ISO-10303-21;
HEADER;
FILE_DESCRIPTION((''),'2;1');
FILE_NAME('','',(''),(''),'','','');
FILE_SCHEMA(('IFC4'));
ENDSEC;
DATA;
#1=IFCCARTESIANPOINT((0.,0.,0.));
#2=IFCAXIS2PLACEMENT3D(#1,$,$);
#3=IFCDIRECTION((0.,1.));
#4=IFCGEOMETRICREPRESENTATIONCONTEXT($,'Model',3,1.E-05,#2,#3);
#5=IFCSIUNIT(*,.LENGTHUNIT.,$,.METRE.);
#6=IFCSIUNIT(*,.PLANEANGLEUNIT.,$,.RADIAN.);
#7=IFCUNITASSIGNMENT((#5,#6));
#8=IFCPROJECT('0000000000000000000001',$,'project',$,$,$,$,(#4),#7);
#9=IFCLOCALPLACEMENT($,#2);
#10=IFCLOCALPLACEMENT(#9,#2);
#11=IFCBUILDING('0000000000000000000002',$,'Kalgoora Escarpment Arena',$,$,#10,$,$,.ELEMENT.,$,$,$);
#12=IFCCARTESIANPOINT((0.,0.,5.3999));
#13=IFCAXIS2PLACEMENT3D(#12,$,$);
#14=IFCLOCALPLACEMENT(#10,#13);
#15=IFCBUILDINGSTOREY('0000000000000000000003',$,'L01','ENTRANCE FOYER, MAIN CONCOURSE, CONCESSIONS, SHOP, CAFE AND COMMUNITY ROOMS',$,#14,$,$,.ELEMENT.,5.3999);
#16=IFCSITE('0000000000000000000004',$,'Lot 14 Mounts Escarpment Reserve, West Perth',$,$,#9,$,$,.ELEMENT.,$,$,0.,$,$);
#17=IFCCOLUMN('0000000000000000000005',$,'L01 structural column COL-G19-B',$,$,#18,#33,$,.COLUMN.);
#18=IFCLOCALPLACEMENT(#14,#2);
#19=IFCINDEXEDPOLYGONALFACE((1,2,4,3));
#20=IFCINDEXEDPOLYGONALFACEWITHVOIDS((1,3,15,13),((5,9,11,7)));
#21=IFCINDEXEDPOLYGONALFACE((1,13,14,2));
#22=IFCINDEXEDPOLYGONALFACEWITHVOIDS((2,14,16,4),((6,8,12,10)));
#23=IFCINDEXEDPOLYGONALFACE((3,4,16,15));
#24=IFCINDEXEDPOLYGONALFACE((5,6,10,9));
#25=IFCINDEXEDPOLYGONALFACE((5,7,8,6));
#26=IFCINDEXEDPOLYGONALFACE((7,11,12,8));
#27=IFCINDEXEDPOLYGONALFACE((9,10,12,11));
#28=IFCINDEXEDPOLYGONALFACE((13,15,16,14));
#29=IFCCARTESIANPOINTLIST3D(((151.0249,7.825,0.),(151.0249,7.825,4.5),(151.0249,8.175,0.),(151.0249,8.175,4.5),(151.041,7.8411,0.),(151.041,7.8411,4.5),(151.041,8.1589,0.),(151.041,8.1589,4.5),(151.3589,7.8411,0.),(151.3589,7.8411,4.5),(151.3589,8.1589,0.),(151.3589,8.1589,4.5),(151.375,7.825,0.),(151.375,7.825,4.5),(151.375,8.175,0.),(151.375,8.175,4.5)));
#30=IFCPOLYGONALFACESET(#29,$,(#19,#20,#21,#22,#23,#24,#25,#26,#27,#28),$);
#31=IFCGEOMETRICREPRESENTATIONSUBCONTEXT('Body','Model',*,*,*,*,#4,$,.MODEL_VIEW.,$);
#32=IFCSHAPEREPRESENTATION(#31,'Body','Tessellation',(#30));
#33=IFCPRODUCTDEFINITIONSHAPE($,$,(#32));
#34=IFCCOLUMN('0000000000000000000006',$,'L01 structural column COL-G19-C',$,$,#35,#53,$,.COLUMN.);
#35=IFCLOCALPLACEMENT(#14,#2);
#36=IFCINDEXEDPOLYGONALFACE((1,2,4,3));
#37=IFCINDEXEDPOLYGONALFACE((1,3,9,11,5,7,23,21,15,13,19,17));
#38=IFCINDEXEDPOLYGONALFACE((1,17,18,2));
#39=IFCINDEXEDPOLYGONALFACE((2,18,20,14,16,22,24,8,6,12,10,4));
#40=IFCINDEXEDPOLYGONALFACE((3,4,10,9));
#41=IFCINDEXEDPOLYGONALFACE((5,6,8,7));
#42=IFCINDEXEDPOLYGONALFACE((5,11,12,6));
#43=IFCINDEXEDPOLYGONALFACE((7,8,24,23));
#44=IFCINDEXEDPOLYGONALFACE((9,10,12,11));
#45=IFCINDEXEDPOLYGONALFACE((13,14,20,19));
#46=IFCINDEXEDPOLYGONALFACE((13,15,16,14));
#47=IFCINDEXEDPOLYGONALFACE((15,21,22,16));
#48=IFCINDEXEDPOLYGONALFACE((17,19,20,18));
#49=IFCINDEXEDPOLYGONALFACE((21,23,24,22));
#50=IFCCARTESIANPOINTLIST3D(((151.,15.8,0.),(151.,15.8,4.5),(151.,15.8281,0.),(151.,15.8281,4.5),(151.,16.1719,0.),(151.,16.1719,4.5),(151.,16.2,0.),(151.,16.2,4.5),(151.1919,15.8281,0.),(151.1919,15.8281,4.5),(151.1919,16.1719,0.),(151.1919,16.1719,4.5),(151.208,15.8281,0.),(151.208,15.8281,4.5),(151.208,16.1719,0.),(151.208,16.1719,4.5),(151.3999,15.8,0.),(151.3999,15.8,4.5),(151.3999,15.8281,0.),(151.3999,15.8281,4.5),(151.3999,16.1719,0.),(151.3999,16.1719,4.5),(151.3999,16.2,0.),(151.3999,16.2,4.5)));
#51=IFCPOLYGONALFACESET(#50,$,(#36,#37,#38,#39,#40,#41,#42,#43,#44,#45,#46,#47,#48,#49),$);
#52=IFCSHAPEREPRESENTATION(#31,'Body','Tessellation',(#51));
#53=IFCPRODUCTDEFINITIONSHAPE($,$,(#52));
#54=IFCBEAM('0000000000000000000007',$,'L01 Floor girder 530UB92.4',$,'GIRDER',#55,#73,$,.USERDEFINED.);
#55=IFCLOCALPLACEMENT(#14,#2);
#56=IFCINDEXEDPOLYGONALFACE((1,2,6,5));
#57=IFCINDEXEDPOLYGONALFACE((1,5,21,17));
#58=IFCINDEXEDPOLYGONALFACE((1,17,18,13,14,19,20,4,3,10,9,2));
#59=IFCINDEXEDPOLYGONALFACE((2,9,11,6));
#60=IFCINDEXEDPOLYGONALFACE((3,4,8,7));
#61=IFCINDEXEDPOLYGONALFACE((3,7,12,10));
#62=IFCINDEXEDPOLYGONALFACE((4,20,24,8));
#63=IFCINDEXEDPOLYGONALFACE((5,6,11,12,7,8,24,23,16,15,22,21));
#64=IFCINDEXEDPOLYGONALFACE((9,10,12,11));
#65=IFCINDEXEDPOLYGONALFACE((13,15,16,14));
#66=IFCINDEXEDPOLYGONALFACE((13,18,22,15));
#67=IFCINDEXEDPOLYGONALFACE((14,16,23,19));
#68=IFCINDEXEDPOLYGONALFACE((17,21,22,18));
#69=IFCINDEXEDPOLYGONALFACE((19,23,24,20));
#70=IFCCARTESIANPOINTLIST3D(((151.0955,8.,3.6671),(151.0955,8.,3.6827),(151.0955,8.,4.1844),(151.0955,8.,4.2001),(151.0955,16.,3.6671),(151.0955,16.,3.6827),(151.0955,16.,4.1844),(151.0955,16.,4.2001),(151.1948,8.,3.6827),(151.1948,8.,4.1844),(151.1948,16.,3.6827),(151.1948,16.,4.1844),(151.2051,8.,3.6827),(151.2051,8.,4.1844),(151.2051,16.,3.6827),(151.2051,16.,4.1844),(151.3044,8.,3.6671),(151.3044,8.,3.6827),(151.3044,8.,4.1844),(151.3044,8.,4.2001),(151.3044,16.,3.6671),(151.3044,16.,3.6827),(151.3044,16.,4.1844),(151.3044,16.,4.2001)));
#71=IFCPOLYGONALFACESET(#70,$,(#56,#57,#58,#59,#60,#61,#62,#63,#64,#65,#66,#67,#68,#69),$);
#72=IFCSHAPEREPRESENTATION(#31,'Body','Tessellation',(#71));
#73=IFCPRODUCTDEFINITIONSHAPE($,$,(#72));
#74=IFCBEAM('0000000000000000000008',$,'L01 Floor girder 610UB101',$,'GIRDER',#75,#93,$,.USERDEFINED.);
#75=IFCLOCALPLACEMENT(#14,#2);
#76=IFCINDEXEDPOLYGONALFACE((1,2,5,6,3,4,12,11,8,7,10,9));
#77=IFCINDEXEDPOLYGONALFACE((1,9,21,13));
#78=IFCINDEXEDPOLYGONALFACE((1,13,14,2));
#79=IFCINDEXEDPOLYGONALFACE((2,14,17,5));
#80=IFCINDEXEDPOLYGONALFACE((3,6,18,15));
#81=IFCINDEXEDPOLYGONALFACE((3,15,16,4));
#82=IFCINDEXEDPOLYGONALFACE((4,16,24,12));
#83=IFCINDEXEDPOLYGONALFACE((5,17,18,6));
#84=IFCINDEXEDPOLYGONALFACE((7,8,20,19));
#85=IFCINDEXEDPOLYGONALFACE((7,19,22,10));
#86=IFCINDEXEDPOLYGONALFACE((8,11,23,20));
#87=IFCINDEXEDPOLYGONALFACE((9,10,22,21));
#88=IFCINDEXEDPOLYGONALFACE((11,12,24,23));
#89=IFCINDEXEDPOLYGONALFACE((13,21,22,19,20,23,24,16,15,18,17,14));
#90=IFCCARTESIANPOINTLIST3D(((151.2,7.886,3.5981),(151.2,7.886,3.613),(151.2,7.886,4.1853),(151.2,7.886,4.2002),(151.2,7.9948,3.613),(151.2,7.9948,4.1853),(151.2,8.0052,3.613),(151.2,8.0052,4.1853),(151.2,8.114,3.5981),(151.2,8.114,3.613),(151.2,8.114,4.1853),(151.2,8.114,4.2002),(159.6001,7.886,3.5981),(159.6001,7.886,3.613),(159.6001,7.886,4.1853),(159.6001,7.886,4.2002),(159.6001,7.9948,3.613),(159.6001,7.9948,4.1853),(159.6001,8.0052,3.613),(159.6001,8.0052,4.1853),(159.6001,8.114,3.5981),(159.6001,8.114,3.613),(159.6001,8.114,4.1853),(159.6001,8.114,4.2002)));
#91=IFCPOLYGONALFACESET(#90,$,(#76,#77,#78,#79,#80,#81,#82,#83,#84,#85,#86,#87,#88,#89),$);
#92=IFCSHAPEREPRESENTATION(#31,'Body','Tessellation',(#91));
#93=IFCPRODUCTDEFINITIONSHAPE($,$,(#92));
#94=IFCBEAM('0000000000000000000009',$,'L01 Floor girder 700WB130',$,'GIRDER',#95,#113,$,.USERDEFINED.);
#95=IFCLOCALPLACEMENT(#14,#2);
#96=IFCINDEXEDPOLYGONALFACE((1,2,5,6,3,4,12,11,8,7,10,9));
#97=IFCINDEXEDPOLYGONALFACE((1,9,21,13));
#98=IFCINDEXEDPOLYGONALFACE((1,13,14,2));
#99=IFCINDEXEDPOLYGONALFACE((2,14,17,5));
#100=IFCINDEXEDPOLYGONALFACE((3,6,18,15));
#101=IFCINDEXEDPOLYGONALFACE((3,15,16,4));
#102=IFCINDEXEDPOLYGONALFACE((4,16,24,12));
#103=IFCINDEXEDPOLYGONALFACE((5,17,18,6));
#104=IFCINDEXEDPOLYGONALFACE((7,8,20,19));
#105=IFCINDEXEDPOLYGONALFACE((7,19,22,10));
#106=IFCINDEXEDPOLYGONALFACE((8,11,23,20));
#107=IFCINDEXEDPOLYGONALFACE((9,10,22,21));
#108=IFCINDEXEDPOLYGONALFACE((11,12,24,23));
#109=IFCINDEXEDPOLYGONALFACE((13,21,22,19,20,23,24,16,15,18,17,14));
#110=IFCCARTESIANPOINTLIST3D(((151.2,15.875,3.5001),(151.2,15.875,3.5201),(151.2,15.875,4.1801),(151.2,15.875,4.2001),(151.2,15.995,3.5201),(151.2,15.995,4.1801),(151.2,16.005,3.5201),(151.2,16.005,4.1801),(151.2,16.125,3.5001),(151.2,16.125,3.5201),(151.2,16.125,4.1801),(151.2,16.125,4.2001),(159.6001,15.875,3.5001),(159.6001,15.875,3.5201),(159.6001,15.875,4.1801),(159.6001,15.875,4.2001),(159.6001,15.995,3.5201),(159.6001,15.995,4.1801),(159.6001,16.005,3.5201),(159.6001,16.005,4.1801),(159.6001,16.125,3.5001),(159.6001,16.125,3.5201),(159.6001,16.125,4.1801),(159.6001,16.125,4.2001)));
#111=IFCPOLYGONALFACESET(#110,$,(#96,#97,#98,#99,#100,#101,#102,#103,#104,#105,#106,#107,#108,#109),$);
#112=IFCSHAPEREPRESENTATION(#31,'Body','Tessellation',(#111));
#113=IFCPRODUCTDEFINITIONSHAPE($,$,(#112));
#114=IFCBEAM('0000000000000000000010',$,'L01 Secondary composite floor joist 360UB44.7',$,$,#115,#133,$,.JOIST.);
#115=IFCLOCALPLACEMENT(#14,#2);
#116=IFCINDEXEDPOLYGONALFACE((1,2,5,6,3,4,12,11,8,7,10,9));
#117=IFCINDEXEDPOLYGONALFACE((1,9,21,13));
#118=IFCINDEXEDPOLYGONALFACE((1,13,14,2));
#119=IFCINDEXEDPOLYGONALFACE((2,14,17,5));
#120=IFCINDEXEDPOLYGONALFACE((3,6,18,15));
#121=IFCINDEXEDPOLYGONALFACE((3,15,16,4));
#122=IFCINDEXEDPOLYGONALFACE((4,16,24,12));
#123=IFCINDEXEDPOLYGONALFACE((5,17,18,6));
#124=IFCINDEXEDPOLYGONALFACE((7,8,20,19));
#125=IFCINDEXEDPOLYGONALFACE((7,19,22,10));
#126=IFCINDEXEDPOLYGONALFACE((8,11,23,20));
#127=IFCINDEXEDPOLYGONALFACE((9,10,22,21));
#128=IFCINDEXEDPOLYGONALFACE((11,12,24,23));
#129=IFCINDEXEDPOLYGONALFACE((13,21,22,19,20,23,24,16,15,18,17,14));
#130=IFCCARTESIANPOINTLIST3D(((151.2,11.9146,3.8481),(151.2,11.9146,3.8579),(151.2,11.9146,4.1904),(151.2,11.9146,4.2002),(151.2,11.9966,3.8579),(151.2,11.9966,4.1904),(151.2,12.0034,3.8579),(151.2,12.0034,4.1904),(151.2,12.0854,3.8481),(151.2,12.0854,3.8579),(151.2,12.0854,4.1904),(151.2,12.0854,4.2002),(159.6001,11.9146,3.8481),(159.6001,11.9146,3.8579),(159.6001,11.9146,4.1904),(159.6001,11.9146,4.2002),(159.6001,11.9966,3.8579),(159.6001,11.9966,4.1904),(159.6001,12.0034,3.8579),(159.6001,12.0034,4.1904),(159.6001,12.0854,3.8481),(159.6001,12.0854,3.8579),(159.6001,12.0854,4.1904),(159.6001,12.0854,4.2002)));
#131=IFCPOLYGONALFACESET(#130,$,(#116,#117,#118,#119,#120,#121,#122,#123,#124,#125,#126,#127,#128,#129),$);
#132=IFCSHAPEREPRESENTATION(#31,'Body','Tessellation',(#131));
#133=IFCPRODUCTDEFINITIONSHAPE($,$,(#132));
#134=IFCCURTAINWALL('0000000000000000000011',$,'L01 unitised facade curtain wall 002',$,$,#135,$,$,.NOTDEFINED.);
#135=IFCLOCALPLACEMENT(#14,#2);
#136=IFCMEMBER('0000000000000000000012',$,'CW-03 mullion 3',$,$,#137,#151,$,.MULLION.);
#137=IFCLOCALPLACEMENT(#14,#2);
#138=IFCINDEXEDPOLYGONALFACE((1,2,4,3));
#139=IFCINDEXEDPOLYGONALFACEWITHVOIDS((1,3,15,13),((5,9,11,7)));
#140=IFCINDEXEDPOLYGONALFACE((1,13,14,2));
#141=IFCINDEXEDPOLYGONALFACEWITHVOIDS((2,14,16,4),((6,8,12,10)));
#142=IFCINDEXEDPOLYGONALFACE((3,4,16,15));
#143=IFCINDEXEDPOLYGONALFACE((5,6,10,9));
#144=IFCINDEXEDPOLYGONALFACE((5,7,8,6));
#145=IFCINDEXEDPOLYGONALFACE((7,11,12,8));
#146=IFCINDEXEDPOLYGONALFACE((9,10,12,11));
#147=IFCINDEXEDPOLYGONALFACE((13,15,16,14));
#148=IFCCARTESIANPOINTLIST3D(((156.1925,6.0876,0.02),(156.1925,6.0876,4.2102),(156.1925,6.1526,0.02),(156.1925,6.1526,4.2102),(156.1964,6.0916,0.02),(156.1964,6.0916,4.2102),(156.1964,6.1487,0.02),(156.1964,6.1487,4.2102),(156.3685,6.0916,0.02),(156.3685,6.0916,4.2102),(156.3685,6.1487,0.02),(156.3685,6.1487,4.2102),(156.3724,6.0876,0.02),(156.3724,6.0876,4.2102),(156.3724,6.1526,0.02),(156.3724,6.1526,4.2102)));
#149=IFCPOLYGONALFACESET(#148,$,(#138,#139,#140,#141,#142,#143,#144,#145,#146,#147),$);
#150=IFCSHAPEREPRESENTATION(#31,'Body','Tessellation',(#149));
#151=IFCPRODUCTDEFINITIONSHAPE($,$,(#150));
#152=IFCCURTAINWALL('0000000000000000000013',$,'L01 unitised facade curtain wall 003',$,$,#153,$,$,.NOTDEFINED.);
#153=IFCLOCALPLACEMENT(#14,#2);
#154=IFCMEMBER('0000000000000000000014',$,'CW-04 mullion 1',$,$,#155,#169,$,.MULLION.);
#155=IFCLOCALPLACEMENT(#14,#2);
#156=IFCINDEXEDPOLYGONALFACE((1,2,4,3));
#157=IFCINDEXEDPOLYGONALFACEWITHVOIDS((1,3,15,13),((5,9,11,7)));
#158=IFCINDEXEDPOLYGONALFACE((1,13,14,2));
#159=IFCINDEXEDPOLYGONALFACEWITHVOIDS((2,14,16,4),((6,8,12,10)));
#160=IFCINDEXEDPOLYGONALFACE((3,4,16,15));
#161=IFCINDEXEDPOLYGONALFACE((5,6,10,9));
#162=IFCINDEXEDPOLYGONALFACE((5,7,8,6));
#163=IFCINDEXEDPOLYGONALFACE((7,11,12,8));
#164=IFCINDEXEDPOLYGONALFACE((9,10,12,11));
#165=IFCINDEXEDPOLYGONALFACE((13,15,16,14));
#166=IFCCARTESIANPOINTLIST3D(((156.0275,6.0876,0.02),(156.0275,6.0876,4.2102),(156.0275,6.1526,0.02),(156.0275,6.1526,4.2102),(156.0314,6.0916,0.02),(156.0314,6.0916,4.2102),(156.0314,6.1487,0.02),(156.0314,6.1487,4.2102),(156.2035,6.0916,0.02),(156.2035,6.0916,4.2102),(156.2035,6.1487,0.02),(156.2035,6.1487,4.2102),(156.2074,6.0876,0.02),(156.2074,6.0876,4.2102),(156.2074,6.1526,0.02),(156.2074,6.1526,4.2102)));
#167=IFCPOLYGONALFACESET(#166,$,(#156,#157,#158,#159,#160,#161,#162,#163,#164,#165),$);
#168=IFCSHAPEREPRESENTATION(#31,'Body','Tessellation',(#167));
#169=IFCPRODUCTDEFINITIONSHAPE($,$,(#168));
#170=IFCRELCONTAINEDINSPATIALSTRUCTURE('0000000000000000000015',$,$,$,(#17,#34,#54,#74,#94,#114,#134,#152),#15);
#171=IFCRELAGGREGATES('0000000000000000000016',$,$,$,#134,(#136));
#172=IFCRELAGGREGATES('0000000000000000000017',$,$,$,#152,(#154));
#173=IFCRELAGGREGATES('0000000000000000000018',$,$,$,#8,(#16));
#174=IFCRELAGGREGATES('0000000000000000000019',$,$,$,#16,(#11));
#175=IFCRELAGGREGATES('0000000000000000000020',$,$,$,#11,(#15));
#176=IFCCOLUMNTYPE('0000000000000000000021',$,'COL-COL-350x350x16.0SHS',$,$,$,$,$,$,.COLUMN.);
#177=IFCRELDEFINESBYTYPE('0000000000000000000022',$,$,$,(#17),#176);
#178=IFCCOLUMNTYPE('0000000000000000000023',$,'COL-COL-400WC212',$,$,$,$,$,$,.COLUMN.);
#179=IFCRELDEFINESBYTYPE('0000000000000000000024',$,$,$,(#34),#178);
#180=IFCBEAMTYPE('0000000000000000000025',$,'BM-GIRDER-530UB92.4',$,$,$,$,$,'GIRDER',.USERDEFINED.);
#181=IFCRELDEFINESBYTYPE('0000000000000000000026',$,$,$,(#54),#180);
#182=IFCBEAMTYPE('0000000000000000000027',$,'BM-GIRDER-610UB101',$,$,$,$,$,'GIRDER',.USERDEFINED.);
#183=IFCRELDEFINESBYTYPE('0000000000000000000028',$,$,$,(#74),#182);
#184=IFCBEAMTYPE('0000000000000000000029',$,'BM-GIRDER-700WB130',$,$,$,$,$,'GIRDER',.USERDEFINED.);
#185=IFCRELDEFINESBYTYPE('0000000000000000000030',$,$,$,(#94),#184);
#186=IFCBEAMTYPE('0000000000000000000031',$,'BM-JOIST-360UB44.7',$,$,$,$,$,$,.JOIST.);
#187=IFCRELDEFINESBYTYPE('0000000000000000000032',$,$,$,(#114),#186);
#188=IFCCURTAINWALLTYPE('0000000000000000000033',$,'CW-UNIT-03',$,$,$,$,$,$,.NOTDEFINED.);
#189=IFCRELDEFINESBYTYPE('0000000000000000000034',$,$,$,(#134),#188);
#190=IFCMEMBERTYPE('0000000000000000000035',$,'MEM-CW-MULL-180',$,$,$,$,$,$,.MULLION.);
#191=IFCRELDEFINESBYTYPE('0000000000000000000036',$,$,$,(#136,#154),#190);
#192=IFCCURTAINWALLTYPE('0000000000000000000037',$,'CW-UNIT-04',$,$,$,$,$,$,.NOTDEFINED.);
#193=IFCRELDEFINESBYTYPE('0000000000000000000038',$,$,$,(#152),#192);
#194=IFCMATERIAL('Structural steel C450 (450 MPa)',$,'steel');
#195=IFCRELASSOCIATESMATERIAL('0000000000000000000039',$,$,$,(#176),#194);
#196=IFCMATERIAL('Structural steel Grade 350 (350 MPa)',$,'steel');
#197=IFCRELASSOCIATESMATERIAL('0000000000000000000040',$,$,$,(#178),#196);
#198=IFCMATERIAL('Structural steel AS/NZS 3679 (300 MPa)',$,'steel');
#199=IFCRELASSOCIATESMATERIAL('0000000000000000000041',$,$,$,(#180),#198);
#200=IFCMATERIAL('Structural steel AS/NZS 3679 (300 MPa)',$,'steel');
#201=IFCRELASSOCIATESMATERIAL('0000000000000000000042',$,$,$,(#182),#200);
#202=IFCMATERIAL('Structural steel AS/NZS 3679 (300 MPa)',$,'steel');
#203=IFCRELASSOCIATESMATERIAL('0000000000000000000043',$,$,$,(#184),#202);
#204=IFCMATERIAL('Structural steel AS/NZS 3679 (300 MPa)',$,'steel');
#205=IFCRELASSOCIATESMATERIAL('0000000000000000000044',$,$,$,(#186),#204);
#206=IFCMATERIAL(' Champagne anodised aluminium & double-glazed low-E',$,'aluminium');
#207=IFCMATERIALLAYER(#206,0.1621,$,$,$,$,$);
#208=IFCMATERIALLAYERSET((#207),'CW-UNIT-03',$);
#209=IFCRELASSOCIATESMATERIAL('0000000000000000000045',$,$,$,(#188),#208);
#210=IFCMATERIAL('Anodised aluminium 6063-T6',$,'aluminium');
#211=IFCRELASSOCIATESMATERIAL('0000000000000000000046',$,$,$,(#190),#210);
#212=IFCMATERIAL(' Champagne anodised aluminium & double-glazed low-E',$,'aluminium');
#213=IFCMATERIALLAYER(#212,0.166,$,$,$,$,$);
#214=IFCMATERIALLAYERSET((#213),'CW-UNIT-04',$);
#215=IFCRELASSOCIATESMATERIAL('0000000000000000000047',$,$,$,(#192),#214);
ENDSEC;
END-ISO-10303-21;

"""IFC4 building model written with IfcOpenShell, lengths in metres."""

from ifc_helpers import new_model, si_unit, direction, frame, origin, origin_2d, place, context, subcontext, project, spatial, hollow_rectangle, i_section, extrude, material, layer, layer_set, material_profile, profile_set, type_object, element, aggregate, save


model = new_model("IFC4")

# Units and contexts
model_context = context("Model", 3, precision=1e-05, world=origin(), true_north=direction((0.0, 1.0)))
body_context = subcontext(model_context, "Body", "Model", "MODEL_VIEW")
ifc_project = project(units=[si_unit("LENGTHUNIT", "METRE"), si_unit("PLANEANGLEUNIT", "RADIAN")], contexts=[model_context])

# Site, building, storey
site_placement = place(None, origin())
site = spatial("IfcSite", under=ifc_project, at=site_placement, Name="Lot 14 Mounts Escarpment Reserve, West Perth", CompositionType="ELEMENT", RefElevation=0.0)
building_placement = place(site_placement, origin())
building = spatial("IfcBuilding", under=site, at=building_placement, Name="Kalgoora Escarpment Arena", CompositionType="ELEMENT")
storey_placement = place(building_placement, frame((0.0, 0.0, 5.3999)))
storey = spatial("IfcBuildingStorey", under=building, at=storey_placement, Name="L01", Description="ENTRANCE FOYER, MAIN CONCOURSE, CONCESSIONS, SHOP, CAFE AND COMMUNITY ROOMS", CompositionType="ELEMENT", Elevation=5.3999)

# Columns
ifc_material_1 = material(Name="Structural steel C450 (450 MPa)", Category="steel")
ifc_material_profile_1 = material_profile(ifc_material_1, hollow_rectangle(XDim=0.3501, YDim=0.3501, WallThickness=0.0161, at=origin_2d()))
ifc_profile_set_1 = profile_set([ifc_material_profile_1], Name="Structural steel C450 (450 MPa)")
column_type_1 = type_object("IfcColumnType", Name="COL-COL-350x350x16.0SHS", PredefinedType="COLUMN", material=ifc_profile_set_1)
column_1_placement = place(storey_placement, frame((151.2, 8.0, 0.0), z_axis=(0.0, 0.0, 1.0), x_axis=(1.0, 0.0, 0.0)))
element("IfcColumn", 1, at=column_1_placement, inside=storey, type_object=column_type_1, Name="L01 structural column COL-G19-B", PredefinedType="COLUMN", context=body_context, shape_type="SweptSolid", body=[
    extrude(hollow_rectangle(XDim=0.3501, YDim=0.3501, WallThickness=0.0161, at=origin_2d()), origin(), (0.0, 0.0, 1.0), 4.5),
])
ifc_material_2 = material(Name="Structural steel Grade 350 (350 MPa)", Category="steel")
ifc_material_profile_2 = material_profile(ifc_material_2, i_section(OverallWidth=0.3999, OverallDepth=0.3999, WebThickness=0.0161, FlangeThickness=0.0281, at=origin_2d()))
ifc_profile_set_2 = profile_set([ifc_material_profile_2], Name="Structural steel Grade 350 (350 MPa)")
column_type_2 = type_object("IfcColumnType", Name="COL-COL-400WC212", PredefinedType="COLUMN", material=ifc_profile_set_2)
column_2_placement = place(storey_placement, frame((151.2, 16.0, 0.0), z_axis=(0.0, 0.0, 1.0), x_axis=(1.0, 0.0, 0.0)))
element("IfcColumn", 2, at=column_2_placement, inside=storey, type_object=column_type_2, Name="L01 structural column COL-G19-C", PredefinedType="COLUMN", context=body_context, shape_type="SweptSolid", body=[
    extrude(i_section(OverallWidth=0.3999, OverallDepth=0.3999, WebThickness=0.0161, FlangeThickness=0.0281, at=origin_2d()), origin(), (0.0, 0.0, 1.0), 4.5),
])

# Beams
ifc_material_3 = material(Name="Structural steel AS/NZS 3679 (300 MPa)", Category="steel")
ifc_material_profile_3 = material_profile(ifc_material_3, i_section(OverallWidth=0.209, OverallDepth=0.533, WebThickness=0.0103, FlangeThickness=0.0156, at=origin_2d()))
ifc_profile_set_3 = profile_set([ifc_material_profile_3], Name="Structural steel AS/NZS 3679 (300 MPa)")
beam_type_1 = type_object("IfcBeamType", Name="BM-GIRDER-530UB92.4", ElementType="GIRDER", PredefinedType="USERDEFINED", material=ifc_profile_set_3)
beam_1_placement = place(storey_placement, frame((151.2, 8.0, 3.9336), z_axis=(0.0, 1.0, 0.0), x_axis=(-1.0, 0.0, 0.0)))
element("IfcBeam", 3, at=beam_1_placement, inside=storey, type_object=beam_type_1, Name="L01 Floor girder 530UB92.4", ObjectType="GIRDER", PredefinedType="USERDEFINED", context=body_context, shape_type="SweptSolid", body=[
    extrude(i_section(OverallWidth=0.209, OverallDepth=0.533, WebThickness=0.0103, FlangeThickness=0.0156, at=origin_2d()), origin(), (0.0, 0.0, 1.0), 8.0),
])
ifc_material_4 = material(Name="Structural steel AS/NZS 3679 (300 MPa)", Category="steel")
ifc_material_profile_4 = material_profile(ifc_material_4, i_section(OverallWidth=0.228, OverallDepth=0.6021, WebThickness=0.0105, FlangeThickness=0.0149, at=origin_2d()))
ifc_profile_set_4 = profile_set([ifc_material_profile_4], Name="Structural steel AS/NZS 3679 (300 MPa)")
beam_type_2 = type_object("IfcBeamType", Name="BM-GIRDER-610UB101", ElementType="GIRDER", PredefinedType="USERDEFINED", material=ifc_profile_set_4)
beam_2_placement = place(storey_placement, frame((151.2, 8.0, 3.8992), z_axis=(1.0, 0.0, 0.0), x_axis=(0.0, 1.0, 0.0)))
element("IfcBeam", 4, at=beam_2_placement, inside=storey, type_object=beam_type_2, Name="L01 Floor girder 610UB101", ObjectType="GIRDER", PredefinedType="USERDEFINED", context=body_context, shape_type="SweptSolid", body=[
    extrude(i_section(OverallWidth=0.228, OverallDepth=0.6021, WebThickness=0.0105, FlangeThickness=0.0149, at=origin_2d()), origin(), (0.0, 0.0, 1.0), 8.4001),
])
ifc_material_5 = material(Name="Structural steel AS/NZS 3679 (300 MPa)", Category="steel")
ifc_material_profile_5 = material_profile(ifc_material_5, i_section(OverallWidth=0.25, OverallDepth=0.7, WebThickness=0.01, FlangeThickness=0.02, at=origin_2d()))
ifc_profile_set_5 = profile_set([ifc_material_profile_5], Name="Structural steel AS/NZS 3679 (300 MPa)")
beam_type_3 = type_object("IfcBeamType", Name="BM-GIRDER-700WB130", ElementType="GIRDER", PredefinedType="USERDEFINED", material=ifc_profile_set_5)
beam_3_placement = place(storey_placement, frame((151.2, 16.0, 3.8501), z_axis=(1.0, 0.0, 0.0), x_axis=(0.0, 1.0, 0.0)))
element("IfcBeam", 5, at=beam_3_placement, inside=storey, type_object=beam_type_3, Name="L01 Floor girder 700WB130", ObjectType="GIRDER", PredefinedType="USERDEFINED", context=body_context, shape_type="SweptSolid", body=[
    extrude(i_section(OverallWidth=0.25, OverallDepth=0.7, WebThickness=0.01, FlangeThickness=0.02, at=origin_2d()), origin(), (0.0, 0.0, 1.0), 8.4001),
])
ifc_material_6 = material(Name="Structural steel AS/NZS 3679 (300 MPa)", Category="steel")
ifc_material_profile_6 = material_profile(ifc_material_6, i_section(OverallWidth=0.1709, OverallDepth=0.3521, WebThickness=0.0068, FlangeThickness=0.0098, at=origin_2d()))
ifc_profile_set_6 = profile_set([ifc_material_profile_6], Name="Structural steel AS/NZS 3679 (300 MPa)")
beam_type_4 = type_object("IfcBeamType", Name="BM-JOIST-360UB44.7", PredefinedType="JOIST", material=ifc_profile_set_6)
beam_4_placement = place(storey_placement, frame((151.2, 12.0, 4.0242), z_axis=(1.0, 0.0, 0.0), x_axis=(0.0, 1.0, 0.0)))
element("IfcBeam", 6, at=beam_4_placement, inside=storey, type_object=beam_type_4, Name="L01 Secondary composite floor joist 360UB44.7", PredefinedType="JOIST", context=body_context, shape_type="SweptSolid", body=[
    extrude(i_section(OverallWidth=0.1709, OverallDepth=0.3521, WebThickness=0.0068, FlangeThickness=0.0098, at=origin_2d()), origin(), (0.0, 0.0, 1.0), 8.4001),
])

# Curtain wall, member
ifc_material_7 = material(Name=" Champagne anodised aluminium & double-glazed low-E", Category="aluminium")
ifc_layer_1 = layer(ifc_material_7, 0.1621)
ifc_layer_set_1 = layer_set([ifc_layer_1], Name="CW-UNIT-03")
curtain_wall_type_1 = type_object("IfcCurtainWallType", Name="CW-UNIT-03", PredefinedType="NOTDEFINED", material=ifc_layer_set_1)
curtain_wall_1_placement = place(storey_placement, origin())
curtain_wall_1 = element("IfcCurtainWall", 7, at=curtain_wall_1_placement, inside=storey, type_object=curtain_wall_type_1, Name="L01 unitised facade curtain wall 002", PredefinedType="NOTDEFINED")
ifc_material_8 = material(Name="Anodised aluminium 6063-T6", Category="aluminium")
ifc_material_profile_7 = material_profile(ifc_material_8, hollow_rectangle(XDim=0.0649, YDim=0.1799, WallThickness=0.0039, at=origin_2d()))
ifc_profile_set_7 = profile_set([ifc_material_profile_7], Name="Anodised aluminium 6063-T6")
member_type_1 = type_object("IfcMemberType", Name="MEM-CW-MULL-180", PredefinedType="MULLION", material=ifc_profile_set_7)
member_1_placement = place(storey_placement, frame((156.2825, 6.1201, 0.02), z_axis=(0.0, 0.0, 1.0), x_axis=(0.0, -1.0, 0.0)))
member_1 = element("IfcMember", 8, at=member_1_placement, type_object=member_type_1, Name="CW-03 mullion 3", PredefinedType="MULLION", context=body_context, shape_type="SweptSolid", body=[
    extrude(hollow_rectangle(XDim=0.0649, YDim=0.1799, WallThickness=0.0039, at=origin_2d()), origin(), (0.0, 0.0, 1.0), 4.1902),
])

# Curtain wall, member
ifc_material_9 = material(Name=" Champagne anodised aluminium & double-glazed low-E", Category="aluminium")
ifc_layer_2 = layer(ifc_material_9, 0.166)
ifc_layer_set_2 = layer_set([ifc_layer_2], Name="CW-UNIT-04")
curtain_wall_type_2 = type_object("IfcCurtainWallType", Name="CW-UNIT-04", PredefinedType="NOTDEFINED", material=ifc_layer_set_2)
curtain_wall_2_placement = place(storey_placement, origin())
curtain_wall_2 = element("IfcCurtainWall", 9, at=curtain_wall_2_placement, inside=storey, type_object=curtain_wall_type_2, Name="L01 unitised facade curtain wall 003", PredefinedType="NOTDEFINED")
member_2_placement = place(storey_placement, frame((156.1174, 6.1201, 0.02), z_axis=(0.0, 0.0, 1.0), x_axis=(0.0, -1.0, 0.0)))
member_2 = element("IfcMember", 10, at=member_2_placement, type_object=member_type_1, Name="CW-04 mullion 1", PredefinedType="MULLION", context=body_context, shape_type="SweptSolid", body=[
    extrude(hollow_rectangle(XDim=0.0649, YDim=0.1799, WallThickness=0.0039, at=origin_2d()), origin(), (0.0, 0.0, 1.0), 4.1902),
])

aggregate(curtain_wall_1, [member_1])
aggregate(curtain_wall_2, [member_2])

save(model, "model.ifc")
